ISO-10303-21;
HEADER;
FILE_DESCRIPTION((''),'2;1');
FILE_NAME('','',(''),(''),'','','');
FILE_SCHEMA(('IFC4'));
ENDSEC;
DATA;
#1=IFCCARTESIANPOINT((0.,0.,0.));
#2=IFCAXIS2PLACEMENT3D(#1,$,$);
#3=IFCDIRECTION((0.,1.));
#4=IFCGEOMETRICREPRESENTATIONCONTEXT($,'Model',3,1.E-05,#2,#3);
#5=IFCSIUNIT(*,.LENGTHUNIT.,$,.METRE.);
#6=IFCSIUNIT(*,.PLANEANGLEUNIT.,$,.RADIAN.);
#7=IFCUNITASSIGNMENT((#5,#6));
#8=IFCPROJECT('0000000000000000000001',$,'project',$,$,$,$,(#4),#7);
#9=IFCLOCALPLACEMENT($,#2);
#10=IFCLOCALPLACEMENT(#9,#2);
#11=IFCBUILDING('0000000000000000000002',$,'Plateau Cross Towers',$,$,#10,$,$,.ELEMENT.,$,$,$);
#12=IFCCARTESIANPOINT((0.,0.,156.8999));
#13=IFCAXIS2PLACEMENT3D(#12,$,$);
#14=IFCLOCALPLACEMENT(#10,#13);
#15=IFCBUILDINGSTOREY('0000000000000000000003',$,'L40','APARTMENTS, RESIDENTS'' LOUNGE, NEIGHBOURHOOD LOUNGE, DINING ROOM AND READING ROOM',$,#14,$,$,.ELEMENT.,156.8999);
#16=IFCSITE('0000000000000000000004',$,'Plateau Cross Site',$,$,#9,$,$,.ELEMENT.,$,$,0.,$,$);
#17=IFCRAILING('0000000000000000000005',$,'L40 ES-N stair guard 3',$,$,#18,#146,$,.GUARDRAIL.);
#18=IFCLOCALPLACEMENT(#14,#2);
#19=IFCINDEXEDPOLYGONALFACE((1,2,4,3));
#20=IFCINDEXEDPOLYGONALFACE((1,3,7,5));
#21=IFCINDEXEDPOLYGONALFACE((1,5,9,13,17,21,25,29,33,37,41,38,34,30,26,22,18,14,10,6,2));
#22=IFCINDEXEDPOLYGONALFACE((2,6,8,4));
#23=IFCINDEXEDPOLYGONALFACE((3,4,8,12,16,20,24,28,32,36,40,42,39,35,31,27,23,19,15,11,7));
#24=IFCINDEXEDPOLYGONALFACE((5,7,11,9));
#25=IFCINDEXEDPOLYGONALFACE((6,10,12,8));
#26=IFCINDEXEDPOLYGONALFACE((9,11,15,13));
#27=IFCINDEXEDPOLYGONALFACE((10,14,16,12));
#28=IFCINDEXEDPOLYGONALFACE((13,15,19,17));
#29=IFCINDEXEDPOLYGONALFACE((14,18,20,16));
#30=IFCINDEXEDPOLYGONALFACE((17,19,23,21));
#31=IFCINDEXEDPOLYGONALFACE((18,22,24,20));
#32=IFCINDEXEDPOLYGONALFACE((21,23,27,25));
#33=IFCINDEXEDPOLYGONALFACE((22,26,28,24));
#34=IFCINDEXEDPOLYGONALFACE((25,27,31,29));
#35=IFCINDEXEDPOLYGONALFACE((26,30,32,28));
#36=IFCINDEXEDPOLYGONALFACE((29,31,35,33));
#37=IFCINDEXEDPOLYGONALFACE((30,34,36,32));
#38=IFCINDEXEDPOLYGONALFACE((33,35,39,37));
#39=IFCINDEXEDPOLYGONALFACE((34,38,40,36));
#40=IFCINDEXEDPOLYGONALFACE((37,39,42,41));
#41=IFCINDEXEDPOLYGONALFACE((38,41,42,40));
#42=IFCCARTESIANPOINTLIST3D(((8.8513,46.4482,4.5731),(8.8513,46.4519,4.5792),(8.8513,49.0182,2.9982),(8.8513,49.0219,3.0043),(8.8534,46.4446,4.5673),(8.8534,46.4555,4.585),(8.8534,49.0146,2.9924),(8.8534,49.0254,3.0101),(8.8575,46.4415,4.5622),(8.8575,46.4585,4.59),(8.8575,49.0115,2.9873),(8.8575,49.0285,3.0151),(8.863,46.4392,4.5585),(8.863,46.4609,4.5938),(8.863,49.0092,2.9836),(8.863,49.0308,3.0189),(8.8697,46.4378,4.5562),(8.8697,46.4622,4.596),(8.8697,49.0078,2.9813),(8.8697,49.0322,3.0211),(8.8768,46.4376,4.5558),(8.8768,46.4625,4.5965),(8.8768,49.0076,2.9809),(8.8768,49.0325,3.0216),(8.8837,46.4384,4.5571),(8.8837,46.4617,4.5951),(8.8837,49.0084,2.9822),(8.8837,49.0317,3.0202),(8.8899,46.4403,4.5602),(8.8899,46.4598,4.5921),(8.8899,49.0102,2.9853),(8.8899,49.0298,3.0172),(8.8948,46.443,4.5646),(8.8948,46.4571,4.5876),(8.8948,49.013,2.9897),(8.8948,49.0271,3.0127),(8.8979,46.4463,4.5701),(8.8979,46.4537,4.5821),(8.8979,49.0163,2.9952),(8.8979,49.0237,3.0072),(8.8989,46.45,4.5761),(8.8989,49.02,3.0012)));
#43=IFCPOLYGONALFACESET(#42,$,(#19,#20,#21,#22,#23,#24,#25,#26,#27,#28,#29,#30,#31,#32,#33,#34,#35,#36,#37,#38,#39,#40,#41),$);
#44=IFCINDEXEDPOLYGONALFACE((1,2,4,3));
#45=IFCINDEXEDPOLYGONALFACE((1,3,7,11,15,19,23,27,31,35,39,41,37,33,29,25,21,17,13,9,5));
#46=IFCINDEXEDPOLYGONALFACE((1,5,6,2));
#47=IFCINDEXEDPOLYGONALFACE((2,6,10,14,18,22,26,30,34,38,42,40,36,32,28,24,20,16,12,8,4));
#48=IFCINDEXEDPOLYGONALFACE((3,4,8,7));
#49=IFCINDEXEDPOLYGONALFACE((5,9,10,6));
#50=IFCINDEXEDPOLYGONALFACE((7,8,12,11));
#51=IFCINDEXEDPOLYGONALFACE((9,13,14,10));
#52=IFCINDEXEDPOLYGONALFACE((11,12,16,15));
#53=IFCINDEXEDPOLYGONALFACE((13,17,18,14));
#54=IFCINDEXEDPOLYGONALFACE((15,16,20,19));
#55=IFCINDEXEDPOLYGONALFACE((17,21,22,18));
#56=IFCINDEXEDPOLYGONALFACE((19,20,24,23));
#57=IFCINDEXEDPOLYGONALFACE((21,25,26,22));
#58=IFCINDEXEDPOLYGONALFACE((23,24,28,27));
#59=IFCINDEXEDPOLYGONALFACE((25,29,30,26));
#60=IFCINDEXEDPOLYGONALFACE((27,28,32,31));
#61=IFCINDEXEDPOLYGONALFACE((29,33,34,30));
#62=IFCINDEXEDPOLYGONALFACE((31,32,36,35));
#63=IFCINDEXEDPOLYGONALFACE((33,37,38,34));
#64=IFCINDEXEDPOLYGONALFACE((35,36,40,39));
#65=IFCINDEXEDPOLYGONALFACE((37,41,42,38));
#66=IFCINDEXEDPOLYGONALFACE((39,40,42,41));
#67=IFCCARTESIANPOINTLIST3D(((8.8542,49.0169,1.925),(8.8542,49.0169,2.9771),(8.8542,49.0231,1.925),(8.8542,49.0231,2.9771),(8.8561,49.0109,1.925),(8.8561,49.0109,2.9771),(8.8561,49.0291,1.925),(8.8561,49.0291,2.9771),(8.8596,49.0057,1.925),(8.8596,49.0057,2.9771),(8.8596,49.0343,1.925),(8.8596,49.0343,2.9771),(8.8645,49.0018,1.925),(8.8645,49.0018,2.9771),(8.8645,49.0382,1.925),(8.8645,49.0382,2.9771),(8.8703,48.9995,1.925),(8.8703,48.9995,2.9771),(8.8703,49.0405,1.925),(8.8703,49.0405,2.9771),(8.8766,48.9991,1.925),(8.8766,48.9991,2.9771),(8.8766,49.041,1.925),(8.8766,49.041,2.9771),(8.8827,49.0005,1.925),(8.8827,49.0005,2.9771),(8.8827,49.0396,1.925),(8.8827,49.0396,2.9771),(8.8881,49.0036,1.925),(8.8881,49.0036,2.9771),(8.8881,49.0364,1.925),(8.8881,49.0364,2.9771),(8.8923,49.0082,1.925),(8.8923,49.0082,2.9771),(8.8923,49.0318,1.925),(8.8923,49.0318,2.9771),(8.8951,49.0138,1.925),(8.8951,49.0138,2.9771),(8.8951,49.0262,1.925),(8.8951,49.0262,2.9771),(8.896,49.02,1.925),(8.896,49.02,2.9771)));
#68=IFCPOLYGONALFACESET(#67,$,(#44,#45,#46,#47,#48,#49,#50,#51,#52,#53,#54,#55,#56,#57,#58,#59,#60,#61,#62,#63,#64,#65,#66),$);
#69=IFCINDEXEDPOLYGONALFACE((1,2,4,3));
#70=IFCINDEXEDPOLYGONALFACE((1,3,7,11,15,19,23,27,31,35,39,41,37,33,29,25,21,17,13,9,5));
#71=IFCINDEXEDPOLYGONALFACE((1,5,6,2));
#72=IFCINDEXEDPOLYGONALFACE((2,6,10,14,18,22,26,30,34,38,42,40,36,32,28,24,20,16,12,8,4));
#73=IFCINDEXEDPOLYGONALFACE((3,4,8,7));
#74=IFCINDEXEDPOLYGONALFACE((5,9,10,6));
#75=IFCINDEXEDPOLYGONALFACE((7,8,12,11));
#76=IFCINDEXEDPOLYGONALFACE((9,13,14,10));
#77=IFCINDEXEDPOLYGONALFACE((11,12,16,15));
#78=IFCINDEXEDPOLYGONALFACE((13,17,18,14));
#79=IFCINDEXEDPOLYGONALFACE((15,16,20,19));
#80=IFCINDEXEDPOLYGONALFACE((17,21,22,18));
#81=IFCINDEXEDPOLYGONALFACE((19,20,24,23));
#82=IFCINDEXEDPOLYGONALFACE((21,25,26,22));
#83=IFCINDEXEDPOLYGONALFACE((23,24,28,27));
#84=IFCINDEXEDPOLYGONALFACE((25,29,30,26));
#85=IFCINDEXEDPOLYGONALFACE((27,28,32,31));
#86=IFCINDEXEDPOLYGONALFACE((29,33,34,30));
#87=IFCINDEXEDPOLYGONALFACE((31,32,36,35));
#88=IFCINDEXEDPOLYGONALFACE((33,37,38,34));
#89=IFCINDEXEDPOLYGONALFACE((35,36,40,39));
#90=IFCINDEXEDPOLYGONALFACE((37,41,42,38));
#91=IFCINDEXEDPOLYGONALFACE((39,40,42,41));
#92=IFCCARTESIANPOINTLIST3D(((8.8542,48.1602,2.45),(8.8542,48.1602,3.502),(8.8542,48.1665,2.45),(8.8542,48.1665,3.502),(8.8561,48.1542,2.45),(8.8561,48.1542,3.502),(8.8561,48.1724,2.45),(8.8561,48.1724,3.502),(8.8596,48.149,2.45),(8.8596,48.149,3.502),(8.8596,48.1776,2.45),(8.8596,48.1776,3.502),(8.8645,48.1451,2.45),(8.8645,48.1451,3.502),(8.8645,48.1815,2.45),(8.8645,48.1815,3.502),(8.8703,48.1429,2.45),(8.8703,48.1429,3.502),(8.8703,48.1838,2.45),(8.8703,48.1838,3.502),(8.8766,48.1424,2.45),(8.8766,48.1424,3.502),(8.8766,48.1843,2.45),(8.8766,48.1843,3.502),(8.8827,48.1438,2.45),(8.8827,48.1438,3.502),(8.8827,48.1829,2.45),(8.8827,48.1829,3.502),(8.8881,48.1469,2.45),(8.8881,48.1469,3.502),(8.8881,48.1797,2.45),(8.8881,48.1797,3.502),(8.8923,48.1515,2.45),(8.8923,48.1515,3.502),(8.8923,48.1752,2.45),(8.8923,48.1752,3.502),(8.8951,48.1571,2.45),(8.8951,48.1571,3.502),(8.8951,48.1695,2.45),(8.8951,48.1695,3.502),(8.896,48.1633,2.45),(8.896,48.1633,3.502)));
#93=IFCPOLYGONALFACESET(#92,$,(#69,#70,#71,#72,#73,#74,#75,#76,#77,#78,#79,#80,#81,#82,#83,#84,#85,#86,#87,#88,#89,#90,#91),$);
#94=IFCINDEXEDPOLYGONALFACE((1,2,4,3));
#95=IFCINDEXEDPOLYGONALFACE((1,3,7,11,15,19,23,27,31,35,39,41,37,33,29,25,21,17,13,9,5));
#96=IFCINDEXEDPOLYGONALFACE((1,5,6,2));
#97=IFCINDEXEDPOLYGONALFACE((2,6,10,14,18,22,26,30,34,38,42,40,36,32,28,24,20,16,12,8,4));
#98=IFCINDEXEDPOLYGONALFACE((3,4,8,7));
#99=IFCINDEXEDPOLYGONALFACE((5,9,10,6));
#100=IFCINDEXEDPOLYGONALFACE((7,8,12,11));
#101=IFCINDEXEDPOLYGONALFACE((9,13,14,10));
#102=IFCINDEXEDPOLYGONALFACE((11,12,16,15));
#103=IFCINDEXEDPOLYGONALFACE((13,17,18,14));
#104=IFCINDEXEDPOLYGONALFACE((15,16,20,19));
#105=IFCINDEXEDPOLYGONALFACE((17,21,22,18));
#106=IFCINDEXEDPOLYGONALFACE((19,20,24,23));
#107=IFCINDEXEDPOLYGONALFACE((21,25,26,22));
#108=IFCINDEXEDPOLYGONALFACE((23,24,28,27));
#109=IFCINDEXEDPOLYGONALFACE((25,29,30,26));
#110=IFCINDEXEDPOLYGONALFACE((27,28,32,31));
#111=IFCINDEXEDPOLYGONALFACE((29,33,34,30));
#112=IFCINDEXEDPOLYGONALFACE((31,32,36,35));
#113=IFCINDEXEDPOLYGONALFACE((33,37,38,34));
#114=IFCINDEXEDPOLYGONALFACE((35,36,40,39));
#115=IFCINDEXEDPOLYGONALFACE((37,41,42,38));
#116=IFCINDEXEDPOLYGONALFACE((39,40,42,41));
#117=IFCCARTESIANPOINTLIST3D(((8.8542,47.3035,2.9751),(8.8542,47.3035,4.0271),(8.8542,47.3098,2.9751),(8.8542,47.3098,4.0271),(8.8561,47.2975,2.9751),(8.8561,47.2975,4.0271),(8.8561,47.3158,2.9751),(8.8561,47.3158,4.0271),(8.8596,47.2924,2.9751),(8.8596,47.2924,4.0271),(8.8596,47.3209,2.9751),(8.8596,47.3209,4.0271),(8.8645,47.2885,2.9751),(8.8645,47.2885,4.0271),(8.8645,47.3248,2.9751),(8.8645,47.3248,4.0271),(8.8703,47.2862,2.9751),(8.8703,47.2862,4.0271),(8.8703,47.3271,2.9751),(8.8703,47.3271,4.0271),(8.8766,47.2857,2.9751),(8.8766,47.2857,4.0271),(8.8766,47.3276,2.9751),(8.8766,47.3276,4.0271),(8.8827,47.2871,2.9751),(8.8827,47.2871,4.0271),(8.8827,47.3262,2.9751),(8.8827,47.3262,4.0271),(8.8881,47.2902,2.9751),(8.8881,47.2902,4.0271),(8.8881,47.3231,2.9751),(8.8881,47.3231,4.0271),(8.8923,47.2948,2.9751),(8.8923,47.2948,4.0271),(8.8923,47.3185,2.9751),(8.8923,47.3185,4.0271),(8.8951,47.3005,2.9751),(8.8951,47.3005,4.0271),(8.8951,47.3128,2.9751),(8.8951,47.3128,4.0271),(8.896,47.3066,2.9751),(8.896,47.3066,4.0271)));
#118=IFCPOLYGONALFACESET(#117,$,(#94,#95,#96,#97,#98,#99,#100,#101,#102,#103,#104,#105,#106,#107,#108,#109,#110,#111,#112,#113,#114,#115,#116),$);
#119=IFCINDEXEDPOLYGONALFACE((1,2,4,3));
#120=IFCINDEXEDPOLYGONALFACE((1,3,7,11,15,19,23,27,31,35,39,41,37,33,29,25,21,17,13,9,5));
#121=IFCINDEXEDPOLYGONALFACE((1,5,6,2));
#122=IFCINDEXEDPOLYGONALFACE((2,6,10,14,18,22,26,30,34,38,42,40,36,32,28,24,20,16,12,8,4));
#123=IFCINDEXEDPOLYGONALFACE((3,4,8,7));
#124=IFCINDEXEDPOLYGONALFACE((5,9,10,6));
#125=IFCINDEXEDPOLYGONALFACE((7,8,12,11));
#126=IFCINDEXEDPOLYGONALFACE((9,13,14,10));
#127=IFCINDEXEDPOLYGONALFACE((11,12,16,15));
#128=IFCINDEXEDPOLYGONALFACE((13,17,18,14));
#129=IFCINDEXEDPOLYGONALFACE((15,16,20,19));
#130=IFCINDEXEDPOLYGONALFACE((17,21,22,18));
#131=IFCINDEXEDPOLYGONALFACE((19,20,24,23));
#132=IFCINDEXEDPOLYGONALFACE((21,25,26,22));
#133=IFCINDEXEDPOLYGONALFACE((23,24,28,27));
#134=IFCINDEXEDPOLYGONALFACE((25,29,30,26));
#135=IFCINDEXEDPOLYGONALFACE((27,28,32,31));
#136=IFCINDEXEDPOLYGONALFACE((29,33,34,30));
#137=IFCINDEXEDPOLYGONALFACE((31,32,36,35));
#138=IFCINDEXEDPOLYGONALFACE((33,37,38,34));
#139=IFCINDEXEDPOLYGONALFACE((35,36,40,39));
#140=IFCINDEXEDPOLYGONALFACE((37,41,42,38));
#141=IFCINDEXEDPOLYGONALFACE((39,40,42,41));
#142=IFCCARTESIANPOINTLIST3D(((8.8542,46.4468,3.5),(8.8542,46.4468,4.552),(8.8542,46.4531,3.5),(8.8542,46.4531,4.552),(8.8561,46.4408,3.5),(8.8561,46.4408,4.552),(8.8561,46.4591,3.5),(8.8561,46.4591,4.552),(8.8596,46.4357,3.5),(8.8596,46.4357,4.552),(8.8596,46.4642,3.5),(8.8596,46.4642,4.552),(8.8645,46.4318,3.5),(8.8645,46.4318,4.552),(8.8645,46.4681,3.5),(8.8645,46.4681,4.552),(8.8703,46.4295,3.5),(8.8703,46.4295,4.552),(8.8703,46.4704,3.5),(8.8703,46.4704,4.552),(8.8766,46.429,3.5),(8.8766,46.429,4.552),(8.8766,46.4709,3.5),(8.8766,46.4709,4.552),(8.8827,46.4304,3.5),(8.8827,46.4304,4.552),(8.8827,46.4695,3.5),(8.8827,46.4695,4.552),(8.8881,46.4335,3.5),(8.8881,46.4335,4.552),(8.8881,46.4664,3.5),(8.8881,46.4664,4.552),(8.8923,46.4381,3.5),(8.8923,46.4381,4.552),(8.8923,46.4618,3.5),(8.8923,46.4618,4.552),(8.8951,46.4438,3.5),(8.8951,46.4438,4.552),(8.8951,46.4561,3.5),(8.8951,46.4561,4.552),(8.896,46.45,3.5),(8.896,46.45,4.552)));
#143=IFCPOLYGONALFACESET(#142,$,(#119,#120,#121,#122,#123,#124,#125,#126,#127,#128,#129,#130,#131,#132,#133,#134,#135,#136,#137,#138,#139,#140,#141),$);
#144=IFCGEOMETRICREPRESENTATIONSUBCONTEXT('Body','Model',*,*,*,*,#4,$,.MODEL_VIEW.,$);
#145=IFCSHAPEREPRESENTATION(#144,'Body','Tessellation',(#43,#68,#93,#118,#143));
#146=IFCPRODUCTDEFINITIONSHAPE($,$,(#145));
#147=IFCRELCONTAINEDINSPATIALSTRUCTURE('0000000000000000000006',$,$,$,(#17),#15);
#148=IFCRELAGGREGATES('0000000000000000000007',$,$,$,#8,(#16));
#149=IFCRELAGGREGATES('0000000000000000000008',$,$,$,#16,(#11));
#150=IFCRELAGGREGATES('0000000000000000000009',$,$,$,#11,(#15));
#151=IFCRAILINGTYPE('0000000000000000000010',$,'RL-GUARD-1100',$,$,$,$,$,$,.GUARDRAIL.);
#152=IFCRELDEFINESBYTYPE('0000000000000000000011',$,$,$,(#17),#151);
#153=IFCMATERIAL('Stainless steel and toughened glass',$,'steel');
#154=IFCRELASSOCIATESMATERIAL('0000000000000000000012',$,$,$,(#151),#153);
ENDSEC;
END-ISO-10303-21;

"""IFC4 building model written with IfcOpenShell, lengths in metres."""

from ifc_helpers import new_model, si_unit, direction, frame, origin, origin_2d, place, context, subcontext, project, spatial, circle, extrude, material, type_object, element, save


model = new_model("IFC4")

# Units and contexts
model_context = context("Model", 3, precision=1e-05, world=origin(), true_north=direction((0.0, 1.0)))
body_context = subcontext(model_context, "Body", "Model", "MODEL_VIEW")
ifc_project = project(units=[si_unit("LENGTHUNIT", "METRE"), si_unit("PLANEANGLEUNIT", "RADIAN")], contexts=[model_context])

# Site, building, storey
site_placement = place(None, origin())
site = spatial("IfcSite", under=ifc_project, at=site_placement, Name="Plateau Cross Site", CompositionType="ELEMENT", RefElevation=0.0)
building_placement = place(site_placement, origin())
building = spatial("IfcBuilding", under=site, at=building_placement, Name="Plateau Cross Towers", CompositionType="ELEMENT")
storey_placement = place(building_placement, frame((0.0, 0.0, 156.8999)))
storey = spatial("IfcBuildingStorey", under=building, at=storey_placement, Name="L40", Description="APARTMENTS, RESIDENTS' LOUNGE, NEIGHBOURHOOD LOUNGE, DINING ROOM AND READING ROOM", CompositionType="ELEMENT", Elevation=156.8999)

# Railing
ifc_material_1 = material(Name="Stainless steel and toughened glass", Category="steel")
railing_type_1 = type_object("IfcRailingType", Name="RL-GUARD-1100", PredefinedType="GUARDRAIL", material=ifc_material_1)
railing_1_placement = place(storey_placement, frame((8.875, 49.02, 1.925)))
element("IfcRailing", 1, at=railing_1_placement, inside=storey, type_object=railing_type_1, Name="L40 ES-N stair guard 3", PredefinedType="GUARDRAIL", context=body_context, shape_type="SweptSolid", body=[
    extrude(circle(Radius=0.0239, at=origin_2d()), frame((0.0, 0.0, 1.0762), z_axis=(0.0, -0.852639, 0.522501), x_axis=(1.0, 0.0, 0.0)), (0.0, 0.0, 1.0), 3.0142),
    extrude(circle(Radius=0.021, at=origin_2d()), origin(), (0.0, 0.0, 1.0), 1.052),
    extrude(circle(Radius=0.021, at=origin_2d()), frame((0.0, -0.8567, 0.5249)), (0.0, 0.0, 1.0), 1.052),
    extrude(circle(Radius=0.021, at=origin_2d()), frame((0.0, -1.7134, 1.05)), (0.0, 0.0, 1.0), 1.052),
    extrude(circle(Radius=0.021, at=origin_2d()), frame((0.0, -2.5701, 1.575)), (0.0, 0.0, 1.0), 1.052),
])

save(model, "model.ifc")
